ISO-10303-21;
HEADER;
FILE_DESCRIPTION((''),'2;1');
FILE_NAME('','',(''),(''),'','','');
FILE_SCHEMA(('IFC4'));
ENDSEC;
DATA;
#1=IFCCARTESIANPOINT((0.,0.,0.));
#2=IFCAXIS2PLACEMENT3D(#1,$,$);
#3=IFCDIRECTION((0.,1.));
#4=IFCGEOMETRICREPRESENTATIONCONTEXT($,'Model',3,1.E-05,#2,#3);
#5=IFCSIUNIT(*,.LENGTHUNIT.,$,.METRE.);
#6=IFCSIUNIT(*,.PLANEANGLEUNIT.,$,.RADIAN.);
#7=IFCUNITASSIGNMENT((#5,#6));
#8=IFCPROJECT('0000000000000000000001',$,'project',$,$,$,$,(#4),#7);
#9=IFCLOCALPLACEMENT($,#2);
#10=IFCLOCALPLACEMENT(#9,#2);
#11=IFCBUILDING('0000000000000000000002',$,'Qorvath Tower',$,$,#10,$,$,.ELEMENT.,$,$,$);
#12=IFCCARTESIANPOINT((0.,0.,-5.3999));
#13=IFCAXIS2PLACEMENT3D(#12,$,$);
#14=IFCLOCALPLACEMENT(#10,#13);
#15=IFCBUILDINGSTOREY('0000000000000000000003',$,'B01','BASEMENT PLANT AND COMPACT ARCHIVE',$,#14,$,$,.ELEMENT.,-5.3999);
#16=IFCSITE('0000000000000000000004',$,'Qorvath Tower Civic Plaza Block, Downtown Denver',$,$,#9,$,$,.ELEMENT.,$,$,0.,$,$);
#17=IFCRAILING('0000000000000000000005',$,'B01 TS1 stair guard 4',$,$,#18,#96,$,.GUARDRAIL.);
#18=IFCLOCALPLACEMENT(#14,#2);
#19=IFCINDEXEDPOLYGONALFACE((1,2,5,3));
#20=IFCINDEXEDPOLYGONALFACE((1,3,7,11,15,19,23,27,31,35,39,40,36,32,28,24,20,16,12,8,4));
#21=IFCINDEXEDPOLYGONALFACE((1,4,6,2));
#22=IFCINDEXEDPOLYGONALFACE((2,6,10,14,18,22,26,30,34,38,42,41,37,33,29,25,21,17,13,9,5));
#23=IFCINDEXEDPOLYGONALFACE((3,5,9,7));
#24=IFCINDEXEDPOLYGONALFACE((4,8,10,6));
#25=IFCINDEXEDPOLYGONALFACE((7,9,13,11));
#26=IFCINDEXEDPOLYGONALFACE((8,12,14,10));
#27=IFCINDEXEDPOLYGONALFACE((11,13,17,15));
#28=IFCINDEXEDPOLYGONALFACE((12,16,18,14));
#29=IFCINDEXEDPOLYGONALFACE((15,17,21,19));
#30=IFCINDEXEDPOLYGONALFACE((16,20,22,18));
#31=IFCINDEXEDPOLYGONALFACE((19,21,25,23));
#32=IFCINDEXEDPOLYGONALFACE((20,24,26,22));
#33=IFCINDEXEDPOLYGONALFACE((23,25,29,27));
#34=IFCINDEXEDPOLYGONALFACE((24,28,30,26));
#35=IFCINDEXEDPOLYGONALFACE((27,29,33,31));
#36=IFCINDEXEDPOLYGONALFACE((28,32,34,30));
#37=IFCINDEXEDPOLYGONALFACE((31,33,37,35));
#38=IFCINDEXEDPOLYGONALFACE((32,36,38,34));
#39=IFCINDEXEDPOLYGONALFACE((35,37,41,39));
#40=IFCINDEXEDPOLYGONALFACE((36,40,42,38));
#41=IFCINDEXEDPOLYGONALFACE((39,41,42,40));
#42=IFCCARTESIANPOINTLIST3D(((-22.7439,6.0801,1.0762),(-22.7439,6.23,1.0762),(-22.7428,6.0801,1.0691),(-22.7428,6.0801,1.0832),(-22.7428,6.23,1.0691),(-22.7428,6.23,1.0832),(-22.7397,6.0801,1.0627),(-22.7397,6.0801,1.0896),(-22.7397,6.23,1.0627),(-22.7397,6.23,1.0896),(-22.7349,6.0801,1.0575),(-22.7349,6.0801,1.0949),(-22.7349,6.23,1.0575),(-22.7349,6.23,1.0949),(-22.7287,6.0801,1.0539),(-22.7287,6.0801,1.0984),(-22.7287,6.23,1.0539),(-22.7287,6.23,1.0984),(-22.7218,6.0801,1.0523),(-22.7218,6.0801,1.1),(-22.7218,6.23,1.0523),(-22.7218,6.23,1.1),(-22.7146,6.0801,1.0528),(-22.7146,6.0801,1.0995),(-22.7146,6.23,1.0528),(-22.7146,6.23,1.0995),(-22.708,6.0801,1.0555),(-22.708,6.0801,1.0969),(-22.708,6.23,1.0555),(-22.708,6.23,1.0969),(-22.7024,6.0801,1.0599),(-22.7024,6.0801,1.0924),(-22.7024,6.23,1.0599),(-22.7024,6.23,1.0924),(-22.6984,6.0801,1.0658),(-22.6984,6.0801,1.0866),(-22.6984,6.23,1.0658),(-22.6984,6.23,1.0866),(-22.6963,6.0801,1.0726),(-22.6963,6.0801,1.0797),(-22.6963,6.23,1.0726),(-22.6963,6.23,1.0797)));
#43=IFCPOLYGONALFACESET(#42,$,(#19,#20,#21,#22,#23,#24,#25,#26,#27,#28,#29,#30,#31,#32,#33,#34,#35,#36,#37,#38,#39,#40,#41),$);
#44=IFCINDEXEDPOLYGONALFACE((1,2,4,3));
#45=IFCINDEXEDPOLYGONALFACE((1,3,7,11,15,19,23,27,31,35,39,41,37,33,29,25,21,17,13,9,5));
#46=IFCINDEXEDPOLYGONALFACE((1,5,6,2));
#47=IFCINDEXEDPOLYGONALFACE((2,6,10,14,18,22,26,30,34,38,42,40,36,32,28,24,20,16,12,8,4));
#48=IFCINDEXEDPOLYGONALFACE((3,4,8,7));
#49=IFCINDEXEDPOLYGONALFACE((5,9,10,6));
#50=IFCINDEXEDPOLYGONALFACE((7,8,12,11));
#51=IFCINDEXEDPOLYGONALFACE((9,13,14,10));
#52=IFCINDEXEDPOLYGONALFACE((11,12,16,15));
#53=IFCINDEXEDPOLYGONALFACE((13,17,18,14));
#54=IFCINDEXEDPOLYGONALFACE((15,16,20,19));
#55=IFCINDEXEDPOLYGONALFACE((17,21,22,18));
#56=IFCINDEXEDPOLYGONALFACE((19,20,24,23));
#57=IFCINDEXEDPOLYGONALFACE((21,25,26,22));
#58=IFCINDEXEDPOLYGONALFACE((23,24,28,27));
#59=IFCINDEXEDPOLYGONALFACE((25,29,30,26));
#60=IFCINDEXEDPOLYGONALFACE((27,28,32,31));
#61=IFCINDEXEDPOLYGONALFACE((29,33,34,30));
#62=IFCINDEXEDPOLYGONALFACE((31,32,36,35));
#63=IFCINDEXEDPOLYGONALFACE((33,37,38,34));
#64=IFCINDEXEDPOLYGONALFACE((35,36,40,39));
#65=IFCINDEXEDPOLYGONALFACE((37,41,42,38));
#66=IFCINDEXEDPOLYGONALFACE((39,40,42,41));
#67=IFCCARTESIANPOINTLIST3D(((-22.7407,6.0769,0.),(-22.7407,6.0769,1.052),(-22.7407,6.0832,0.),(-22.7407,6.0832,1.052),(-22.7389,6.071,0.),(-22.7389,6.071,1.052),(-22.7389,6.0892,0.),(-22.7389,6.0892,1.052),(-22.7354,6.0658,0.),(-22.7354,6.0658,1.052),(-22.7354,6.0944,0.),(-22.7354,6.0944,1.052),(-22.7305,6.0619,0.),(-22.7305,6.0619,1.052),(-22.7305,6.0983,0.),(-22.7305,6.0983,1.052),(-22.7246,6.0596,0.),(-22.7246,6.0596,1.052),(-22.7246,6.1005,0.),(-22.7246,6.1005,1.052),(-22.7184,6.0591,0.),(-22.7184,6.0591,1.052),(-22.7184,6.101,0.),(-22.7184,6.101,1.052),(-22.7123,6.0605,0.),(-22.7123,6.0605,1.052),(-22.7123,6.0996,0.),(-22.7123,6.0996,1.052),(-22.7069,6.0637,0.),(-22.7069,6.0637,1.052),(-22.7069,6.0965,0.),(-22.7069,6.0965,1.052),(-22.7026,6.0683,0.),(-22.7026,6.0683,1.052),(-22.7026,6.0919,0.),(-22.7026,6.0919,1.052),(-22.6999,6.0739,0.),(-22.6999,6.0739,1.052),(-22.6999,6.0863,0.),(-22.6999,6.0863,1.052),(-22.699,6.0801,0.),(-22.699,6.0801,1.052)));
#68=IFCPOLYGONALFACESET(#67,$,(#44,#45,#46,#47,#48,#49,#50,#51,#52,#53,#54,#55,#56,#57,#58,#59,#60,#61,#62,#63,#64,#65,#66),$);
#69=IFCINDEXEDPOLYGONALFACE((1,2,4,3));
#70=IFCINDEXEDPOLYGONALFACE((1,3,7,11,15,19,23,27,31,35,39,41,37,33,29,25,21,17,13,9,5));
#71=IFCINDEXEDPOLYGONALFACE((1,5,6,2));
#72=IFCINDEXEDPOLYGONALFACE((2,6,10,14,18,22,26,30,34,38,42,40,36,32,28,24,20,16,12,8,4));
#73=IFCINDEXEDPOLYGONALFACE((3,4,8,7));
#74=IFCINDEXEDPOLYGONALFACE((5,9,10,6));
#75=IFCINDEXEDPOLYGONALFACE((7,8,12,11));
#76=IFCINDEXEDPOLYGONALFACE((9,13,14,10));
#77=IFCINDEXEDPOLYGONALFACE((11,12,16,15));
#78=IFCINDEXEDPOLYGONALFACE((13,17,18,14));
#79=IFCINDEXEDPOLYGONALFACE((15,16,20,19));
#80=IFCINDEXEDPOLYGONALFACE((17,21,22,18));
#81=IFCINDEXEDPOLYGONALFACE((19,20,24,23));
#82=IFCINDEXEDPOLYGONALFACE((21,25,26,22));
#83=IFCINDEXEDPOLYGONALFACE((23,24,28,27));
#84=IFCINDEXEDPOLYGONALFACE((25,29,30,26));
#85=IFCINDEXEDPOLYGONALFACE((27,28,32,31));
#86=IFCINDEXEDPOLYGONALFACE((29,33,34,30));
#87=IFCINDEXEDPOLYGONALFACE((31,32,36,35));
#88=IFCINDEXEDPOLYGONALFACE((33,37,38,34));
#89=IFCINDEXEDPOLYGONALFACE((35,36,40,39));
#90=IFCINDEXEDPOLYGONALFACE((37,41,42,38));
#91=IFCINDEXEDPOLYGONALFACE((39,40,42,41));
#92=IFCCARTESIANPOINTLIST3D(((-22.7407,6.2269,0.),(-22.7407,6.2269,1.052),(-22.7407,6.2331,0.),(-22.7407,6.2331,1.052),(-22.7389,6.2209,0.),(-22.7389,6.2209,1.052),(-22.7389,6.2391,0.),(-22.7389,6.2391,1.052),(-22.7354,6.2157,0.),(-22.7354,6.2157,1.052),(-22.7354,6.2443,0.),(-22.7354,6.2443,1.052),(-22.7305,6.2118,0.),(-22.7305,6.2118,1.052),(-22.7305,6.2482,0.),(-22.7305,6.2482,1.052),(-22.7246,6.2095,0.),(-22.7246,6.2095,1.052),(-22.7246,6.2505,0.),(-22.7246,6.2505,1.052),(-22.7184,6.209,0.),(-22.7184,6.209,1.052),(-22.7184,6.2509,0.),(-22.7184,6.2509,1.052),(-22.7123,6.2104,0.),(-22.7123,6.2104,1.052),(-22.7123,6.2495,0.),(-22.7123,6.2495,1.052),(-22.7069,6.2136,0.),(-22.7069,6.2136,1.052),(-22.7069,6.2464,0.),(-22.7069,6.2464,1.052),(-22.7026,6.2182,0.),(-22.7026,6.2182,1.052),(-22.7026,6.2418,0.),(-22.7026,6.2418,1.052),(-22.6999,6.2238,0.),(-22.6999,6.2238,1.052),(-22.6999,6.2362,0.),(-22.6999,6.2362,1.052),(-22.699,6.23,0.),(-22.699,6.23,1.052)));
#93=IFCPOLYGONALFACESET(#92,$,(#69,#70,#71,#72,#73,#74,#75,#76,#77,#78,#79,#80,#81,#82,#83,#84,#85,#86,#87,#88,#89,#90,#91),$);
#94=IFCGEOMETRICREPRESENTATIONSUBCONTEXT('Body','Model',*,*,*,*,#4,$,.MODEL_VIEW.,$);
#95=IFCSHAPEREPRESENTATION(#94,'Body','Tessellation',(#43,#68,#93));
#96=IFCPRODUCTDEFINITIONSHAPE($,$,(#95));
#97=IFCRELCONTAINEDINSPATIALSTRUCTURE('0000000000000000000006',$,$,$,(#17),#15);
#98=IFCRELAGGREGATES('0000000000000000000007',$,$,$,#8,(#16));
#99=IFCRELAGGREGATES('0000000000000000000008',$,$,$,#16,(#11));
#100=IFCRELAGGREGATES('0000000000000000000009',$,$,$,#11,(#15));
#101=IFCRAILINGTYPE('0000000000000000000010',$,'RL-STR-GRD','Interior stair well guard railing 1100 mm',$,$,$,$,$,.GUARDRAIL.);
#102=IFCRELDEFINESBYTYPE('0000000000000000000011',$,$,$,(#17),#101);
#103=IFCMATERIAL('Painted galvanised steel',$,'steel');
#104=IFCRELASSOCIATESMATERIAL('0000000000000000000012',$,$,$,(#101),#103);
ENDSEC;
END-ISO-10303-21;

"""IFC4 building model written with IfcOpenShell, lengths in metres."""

from ifc_helpers import new_model, si_unit, direction, frame, origin, origin_2d, place, context, subcontext, project, spatial, circle, extrude, material, type_object, element, save


model = new_model("IFC4")

# Units and contexts
model_context = context("Model", 3, precision=1e-05, world=origin(), true_north=direction((0.0, 1.0)))
body_context = subcontext(model_context, "Body", "Model", "MODEL_VIEW")
ifc_project = project(units=[si_unit("LENGTHUNIT", "METRE"), si_unit("PLANEANGLEUNIT", "RADIAN")], contexts=[model_context])

# Site, building, storey
site_placement = place(None, origin())
site = spatial("IfcSite", under=ifc_project, at=site_placement, Name="Qorvath Tower Civic Plaza Block, Downtown Denver", CompositionType="ELEMENT", RefElevation=0.0)
building_placement = place(site_placement, origin())
building = spatial("IfcBuilding", under=site, at=building_placement, Name="Qorvath Tower", CompositionType="ELEMENT")
storey_placement = place(building_placement, frame((0.0, 0.0, -5.3999)))
storey = spatial("IfcBuildingStorey", under=building, at=storey_placement, Name="B01", Description="BASEMENT PLANT AND COMPACT ARCHIVE", CompositionType="ELEMENT", Elevation=-5.3999)

# Railing
ifc_material_1 = material(Name="Painted galvanised steel", Category="steel")
railing_type_1 = type_object("IfcRailingType", Name="RL-STR-GRD", Description="Interior stair well guard railing 1100 mm", PredefinedType="GUARDRAIL", material=ifc_material_1)
railing_1_placement = place(storey_placement, frame((-22.72, 6.0801, 0.0)))
element("IfcRailing", 1, at=railing_1_placement, inside=storey, type_object=railing_type_1, Name="B01 TS1 stair guard 4", PredefinedType="GUARDRAIL", context=body_context, shape_type="SweptSolid", body=[
    extrude(circle(Radius=0.0239, at=origin_2d()), frame((0.0, 0.0, 1.0762), z_axis=(0.0, 1.0, 0.0), x_axis=(-1.0, 0.0, 0.0)), (0.0, 0.0, 1.0), 0.1499),
    extrude(circle(Radius=0.021, at=origin_2d()), origin(), (0.0, 0.0, 1.0), 1.052),
    extrude(circle(Radius=0.021, at=origin_2d()), frame((0.0, 0.1499, 0.0)), (0.0, 0.0, 1.0), 1.052),
])

save(model, "model.ifc")
